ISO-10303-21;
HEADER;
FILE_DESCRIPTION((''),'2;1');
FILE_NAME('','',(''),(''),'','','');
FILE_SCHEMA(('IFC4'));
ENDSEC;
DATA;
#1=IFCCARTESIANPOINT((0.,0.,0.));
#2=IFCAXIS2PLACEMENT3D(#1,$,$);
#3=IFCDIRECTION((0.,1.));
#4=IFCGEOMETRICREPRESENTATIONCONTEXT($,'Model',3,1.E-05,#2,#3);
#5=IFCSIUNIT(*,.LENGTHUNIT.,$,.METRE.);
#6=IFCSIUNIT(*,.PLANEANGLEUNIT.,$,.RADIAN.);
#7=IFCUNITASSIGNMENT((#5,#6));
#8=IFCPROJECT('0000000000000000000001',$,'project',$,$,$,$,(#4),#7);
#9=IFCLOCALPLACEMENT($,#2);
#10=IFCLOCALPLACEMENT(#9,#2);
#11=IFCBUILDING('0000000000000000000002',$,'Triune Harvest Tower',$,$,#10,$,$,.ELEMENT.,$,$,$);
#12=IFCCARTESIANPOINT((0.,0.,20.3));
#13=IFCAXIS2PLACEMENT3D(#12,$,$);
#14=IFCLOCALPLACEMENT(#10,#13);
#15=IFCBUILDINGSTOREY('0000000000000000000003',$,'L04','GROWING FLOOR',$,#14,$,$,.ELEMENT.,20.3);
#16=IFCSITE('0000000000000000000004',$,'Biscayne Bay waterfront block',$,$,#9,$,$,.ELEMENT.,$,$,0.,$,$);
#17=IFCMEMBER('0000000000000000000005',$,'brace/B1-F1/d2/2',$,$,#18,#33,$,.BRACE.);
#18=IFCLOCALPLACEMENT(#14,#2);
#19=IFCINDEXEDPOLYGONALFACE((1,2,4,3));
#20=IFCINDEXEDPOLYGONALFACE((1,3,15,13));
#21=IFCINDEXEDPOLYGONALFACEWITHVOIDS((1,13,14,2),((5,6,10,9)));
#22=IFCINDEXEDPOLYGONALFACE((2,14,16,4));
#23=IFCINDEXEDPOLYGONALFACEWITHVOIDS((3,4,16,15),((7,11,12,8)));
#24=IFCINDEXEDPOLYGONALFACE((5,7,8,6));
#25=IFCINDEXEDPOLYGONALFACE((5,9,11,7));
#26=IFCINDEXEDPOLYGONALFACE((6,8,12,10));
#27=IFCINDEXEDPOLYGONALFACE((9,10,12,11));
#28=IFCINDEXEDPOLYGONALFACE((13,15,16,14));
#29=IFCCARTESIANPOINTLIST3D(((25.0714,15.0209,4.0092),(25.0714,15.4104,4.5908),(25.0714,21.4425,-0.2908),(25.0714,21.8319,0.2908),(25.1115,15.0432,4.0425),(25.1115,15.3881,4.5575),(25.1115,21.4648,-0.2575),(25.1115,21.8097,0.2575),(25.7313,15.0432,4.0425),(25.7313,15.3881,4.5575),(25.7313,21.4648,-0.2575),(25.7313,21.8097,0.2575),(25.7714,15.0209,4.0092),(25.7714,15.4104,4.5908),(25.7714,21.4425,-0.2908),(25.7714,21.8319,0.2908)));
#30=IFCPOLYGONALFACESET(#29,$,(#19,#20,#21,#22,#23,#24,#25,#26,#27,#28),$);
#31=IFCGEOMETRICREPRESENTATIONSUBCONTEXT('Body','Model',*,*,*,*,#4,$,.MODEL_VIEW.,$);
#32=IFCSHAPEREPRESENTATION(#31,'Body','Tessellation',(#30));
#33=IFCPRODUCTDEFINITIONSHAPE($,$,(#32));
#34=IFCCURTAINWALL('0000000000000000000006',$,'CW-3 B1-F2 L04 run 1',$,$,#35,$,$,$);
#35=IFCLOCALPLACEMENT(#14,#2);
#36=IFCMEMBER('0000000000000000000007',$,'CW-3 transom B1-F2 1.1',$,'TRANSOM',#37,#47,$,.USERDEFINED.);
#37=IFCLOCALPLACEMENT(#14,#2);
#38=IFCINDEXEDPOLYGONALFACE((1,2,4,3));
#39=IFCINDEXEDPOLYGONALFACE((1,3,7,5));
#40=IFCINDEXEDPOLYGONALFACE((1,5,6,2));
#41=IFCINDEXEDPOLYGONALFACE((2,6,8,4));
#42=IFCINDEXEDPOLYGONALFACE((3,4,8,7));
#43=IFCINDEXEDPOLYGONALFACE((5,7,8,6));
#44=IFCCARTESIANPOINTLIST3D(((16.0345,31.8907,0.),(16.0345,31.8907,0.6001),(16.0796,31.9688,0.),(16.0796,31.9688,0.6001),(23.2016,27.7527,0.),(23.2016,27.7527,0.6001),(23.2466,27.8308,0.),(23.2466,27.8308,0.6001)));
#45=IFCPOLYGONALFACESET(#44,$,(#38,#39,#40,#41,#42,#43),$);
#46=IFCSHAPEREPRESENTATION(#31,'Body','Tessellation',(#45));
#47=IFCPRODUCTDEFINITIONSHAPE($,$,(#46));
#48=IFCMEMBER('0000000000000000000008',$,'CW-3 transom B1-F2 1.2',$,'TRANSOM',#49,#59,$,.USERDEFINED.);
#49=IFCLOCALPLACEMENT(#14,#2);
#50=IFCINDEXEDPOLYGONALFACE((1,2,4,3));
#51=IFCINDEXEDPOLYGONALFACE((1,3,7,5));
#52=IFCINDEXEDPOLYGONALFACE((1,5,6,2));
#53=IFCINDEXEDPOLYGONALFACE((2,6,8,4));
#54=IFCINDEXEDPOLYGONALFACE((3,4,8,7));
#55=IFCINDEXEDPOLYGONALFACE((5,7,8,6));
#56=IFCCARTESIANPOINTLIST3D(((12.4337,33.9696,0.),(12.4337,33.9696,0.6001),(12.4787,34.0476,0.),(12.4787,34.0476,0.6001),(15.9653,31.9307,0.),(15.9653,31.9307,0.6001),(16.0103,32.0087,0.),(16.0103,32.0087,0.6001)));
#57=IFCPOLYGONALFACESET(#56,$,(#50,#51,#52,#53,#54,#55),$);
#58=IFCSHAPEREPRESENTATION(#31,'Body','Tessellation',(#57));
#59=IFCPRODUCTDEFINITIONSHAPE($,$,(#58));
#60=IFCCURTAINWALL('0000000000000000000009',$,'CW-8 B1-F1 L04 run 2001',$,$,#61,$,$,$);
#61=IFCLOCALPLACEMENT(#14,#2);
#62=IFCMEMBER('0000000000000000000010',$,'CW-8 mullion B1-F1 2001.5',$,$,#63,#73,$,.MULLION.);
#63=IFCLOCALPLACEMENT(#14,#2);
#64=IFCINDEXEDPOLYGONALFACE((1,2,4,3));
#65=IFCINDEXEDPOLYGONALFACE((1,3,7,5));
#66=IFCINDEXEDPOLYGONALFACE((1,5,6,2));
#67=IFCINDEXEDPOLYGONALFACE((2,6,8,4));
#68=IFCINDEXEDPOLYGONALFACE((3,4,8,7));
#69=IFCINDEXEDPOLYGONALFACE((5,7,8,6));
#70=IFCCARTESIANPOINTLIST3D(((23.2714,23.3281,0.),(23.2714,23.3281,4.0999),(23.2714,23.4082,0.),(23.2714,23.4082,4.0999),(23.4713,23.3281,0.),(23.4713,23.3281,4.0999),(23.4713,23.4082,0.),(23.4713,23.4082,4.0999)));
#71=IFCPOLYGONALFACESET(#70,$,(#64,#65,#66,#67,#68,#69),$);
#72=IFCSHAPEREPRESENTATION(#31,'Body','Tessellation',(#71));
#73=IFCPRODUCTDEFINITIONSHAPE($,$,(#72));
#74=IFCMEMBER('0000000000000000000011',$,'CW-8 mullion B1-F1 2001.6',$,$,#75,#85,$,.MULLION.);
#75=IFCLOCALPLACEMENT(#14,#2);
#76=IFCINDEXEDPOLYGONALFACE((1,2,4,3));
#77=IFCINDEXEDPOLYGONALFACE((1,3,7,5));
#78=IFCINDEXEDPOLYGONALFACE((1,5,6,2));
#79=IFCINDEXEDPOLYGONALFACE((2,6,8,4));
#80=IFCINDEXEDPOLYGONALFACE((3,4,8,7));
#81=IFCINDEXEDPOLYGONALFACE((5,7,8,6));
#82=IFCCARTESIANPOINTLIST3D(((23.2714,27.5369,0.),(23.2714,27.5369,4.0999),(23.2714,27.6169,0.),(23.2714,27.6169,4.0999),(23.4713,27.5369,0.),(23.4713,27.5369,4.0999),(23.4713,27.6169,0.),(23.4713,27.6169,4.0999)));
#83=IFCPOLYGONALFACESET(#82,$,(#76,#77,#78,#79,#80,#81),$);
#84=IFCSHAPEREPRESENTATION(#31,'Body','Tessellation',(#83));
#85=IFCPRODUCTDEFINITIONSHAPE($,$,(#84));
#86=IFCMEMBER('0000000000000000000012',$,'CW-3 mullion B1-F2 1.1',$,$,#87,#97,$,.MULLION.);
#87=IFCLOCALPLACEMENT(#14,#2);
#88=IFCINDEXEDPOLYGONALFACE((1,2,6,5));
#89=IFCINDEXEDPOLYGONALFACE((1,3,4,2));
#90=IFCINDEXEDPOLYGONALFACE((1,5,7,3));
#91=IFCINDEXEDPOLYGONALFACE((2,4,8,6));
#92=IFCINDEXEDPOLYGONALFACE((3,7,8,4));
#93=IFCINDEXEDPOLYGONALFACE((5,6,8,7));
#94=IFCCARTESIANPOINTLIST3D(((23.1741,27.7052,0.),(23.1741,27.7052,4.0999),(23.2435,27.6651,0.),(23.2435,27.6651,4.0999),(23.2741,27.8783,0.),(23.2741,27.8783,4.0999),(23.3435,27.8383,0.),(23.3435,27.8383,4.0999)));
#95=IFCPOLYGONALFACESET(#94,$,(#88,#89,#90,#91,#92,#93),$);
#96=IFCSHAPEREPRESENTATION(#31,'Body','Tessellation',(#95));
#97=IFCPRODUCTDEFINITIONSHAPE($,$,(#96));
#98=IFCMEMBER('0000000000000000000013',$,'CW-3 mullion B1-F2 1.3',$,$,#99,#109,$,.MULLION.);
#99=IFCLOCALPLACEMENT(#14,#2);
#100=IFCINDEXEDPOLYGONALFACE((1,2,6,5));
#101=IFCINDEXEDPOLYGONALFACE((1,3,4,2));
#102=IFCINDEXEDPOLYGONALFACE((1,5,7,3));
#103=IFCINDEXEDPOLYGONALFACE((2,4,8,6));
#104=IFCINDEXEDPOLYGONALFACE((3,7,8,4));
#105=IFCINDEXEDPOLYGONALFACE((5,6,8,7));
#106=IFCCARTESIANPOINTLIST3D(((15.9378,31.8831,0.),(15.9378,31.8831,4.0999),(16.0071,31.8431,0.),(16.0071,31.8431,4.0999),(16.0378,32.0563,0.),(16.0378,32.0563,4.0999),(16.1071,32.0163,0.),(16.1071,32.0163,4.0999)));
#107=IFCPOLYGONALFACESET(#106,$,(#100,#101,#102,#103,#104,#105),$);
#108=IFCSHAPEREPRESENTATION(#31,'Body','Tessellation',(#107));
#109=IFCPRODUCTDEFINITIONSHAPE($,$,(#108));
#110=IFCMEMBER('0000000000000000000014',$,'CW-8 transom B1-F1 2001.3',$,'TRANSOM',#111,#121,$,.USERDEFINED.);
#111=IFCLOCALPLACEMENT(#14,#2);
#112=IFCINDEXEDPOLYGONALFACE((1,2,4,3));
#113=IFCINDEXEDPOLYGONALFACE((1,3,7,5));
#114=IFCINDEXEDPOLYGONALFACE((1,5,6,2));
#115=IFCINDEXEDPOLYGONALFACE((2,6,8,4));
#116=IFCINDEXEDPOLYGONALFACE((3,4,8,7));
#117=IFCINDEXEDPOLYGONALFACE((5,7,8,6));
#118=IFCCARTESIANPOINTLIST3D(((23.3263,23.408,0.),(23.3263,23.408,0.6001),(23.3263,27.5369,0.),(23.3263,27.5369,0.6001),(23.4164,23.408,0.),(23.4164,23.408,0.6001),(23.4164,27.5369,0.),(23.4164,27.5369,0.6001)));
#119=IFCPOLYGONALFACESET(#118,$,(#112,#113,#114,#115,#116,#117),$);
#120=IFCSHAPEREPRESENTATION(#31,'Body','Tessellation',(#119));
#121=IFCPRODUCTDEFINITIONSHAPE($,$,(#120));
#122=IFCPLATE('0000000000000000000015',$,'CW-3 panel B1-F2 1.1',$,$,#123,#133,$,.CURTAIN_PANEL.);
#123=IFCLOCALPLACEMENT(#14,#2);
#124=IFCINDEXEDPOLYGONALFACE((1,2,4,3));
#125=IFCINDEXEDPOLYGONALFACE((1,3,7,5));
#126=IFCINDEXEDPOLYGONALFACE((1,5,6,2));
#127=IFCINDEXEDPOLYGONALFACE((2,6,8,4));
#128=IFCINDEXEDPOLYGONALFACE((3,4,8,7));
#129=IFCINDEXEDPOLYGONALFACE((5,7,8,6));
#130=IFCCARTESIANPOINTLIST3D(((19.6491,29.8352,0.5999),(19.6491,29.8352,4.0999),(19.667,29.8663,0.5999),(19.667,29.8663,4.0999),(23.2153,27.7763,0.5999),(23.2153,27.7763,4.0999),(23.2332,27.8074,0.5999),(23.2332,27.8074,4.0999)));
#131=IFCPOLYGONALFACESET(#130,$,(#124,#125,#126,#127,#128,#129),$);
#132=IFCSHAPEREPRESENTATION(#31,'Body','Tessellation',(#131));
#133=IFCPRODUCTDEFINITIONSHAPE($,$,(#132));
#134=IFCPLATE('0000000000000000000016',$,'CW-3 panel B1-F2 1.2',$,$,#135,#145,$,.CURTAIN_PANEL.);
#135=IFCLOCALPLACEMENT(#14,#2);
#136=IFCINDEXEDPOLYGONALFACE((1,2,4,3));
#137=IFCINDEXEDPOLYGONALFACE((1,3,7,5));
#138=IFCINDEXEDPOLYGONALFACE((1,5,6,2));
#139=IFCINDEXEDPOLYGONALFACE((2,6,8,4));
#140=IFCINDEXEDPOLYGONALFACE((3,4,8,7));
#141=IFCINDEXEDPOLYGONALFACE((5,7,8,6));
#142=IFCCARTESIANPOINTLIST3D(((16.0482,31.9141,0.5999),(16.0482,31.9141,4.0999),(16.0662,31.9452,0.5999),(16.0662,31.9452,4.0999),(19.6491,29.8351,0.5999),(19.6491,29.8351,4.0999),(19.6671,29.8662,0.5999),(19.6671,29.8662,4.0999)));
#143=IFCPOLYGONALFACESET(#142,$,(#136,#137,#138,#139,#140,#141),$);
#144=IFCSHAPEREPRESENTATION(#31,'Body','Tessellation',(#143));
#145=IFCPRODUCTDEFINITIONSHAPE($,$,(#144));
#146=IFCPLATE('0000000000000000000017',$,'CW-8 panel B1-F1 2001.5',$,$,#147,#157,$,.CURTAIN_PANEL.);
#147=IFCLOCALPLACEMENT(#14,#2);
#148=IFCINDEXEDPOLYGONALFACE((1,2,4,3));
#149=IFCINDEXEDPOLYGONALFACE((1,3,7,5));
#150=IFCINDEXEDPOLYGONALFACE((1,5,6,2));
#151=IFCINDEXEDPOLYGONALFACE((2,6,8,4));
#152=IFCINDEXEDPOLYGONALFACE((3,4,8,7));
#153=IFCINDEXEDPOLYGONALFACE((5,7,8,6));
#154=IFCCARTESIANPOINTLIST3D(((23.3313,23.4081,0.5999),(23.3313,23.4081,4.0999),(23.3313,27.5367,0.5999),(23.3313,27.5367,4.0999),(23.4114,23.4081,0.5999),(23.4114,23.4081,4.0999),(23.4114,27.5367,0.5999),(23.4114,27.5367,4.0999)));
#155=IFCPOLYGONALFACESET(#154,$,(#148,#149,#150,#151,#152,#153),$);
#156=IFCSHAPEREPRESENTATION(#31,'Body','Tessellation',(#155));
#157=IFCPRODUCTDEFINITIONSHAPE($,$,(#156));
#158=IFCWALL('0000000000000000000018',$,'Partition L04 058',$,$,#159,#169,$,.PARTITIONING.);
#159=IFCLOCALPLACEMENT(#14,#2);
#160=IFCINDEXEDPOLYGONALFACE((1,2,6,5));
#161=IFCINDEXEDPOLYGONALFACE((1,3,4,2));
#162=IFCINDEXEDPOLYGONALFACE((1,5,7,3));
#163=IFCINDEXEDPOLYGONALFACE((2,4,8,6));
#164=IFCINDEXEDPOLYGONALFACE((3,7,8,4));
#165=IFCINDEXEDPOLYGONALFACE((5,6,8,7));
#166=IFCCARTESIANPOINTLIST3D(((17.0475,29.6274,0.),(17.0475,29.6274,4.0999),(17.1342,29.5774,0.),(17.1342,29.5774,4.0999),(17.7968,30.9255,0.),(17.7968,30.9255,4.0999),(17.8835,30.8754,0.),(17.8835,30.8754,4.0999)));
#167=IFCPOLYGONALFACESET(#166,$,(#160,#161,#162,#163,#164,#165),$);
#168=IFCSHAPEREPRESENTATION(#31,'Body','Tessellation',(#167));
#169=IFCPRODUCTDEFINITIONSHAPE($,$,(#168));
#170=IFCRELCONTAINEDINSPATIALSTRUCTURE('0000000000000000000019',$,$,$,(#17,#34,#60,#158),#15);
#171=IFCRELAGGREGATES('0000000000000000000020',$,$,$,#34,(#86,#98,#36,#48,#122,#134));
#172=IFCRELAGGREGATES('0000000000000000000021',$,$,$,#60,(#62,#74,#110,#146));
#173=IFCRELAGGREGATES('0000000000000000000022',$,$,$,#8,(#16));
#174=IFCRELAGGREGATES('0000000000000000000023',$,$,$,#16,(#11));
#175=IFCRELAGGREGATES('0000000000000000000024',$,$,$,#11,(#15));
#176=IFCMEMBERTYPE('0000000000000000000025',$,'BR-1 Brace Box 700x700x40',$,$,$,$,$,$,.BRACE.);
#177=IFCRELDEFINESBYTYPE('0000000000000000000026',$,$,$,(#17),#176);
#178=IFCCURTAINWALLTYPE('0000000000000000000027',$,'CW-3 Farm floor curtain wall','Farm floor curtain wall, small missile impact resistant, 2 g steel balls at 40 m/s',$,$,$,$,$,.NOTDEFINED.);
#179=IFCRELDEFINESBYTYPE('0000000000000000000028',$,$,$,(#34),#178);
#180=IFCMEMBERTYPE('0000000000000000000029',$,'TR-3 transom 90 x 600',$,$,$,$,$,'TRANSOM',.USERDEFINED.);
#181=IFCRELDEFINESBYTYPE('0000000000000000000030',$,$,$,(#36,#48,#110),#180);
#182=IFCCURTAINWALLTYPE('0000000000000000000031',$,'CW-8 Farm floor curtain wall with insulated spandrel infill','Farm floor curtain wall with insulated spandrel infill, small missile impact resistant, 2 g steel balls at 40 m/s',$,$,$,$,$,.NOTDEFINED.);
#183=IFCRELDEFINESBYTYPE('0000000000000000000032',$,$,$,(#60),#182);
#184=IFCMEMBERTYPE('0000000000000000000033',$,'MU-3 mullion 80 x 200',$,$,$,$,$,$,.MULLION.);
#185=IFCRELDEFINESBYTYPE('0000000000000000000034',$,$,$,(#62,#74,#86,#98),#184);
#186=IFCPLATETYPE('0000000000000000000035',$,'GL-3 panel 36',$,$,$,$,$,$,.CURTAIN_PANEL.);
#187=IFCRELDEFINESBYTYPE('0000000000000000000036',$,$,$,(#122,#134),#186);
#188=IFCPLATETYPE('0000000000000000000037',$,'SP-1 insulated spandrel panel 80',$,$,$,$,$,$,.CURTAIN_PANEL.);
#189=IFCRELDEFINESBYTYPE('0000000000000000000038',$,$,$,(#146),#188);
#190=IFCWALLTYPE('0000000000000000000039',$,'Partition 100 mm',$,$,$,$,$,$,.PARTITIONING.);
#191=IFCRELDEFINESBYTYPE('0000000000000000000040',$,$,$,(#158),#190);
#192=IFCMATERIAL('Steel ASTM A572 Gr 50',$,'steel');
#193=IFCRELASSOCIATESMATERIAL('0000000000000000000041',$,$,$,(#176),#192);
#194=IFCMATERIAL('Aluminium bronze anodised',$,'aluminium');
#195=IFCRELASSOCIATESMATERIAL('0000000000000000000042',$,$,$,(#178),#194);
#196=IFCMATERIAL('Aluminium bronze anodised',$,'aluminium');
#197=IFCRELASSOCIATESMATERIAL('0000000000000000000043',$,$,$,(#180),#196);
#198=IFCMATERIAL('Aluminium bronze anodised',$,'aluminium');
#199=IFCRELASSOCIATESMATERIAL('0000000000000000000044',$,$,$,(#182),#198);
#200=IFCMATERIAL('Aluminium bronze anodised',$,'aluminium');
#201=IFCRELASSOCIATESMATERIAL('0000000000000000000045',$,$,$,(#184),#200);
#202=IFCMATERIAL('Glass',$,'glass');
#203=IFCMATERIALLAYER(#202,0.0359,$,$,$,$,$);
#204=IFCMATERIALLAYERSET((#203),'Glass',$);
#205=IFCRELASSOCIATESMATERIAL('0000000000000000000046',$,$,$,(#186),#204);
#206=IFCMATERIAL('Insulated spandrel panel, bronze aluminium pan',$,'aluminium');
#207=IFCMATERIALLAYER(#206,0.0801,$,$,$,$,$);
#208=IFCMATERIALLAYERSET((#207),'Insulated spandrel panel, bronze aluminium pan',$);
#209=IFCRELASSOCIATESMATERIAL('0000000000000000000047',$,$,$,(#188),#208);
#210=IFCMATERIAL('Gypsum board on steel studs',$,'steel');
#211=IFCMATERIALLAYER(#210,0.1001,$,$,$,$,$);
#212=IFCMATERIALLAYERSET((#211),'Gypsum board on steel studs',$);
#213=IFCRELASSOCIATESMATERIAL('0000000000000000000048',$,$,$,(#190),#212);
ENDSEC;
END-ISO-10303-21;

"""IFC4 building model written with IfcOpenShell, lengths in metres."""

from ifc_helpers import new_model, si_unit, direction, frame, frame_2d, origin, origin_2d, place, context, subcontext, project, spatial, rectangle, hollow_rectangle, extrude, source, transform, mapped, material, layer, layer_set, material_profile, profile_set, type_object, element, aggregate, save


model = new_model("IFC4")

# Units and contexts
model_context = context("Model", 3, precision=1e-05, world=origin(), true_north=direction((0.0, 1.0)))
body_context = subcontext(model_context, "Body", "Model", "MODEL_VIEW")
ifc_project = project(units=[si_unit("LENGTHUNIT", "METRE"), si_unit("PLANEANGLEUNIT", "RADIAN")], contexts=[model_context])

# Site, building, storey
site_placement = place(None, origin())
site = spatial("IfcSite", under=ifc_project, at=site_placement, Name="Biscayne Bay waterfront block", CompositionType="ELEMENT", RefElevation=0.0)
building_placement = place(site_placement, origin())
building = spatial("IfcBuilding", under=site, at=building_placement, Name="Triune Harvest Tower", CompositionType="ELEMENT")
storey_placement = place(building_placement, frame((0.0, 0.0, 20.3)))
storey = spatial("IfcBuildingStorey", under=building, at=storey_placement, Name="L04", Description="GROWING FLOOR", CompositionType="ELEMENT", Elevation=20.3)

# Member
ifc_material_1 = material(Name="Steel ASTM A572 Gr 50", Category="steel")
ifc_material_profile_1 = material_profile(ifc_material_1, hollow_rectangle(XDim=0.7, YDim=0.7, WallThickness=0.04, at=origin_2d()), Name="Box 700x700x40")
ifc_profile_set_1 = profile_set([ifc_material_profile_1], Name="Steel ASTM A572 Gr 50")
member_type_1 = type_object("IfcMemberType", Name="BR-1 Brace Box 700x700x40", PredefinedType="BRACE", material=ifc_profile_set_1)
shared_shape_1 = source(origin(), body_context, "Body", "SweptSolid", [
    extrude(hollow_rectangle(XDim=0.7, YDim=0.7, WallThickness=0.04, at=origin_2d()), origin(), (0.0, 0.0, 1.0), 7.7283),
])
member_1_placement = place(storey_placement, frame((25.4214, 21.6372, 0.0), z_axis=(0.0, -0.830916, 0.556398), x_axis=(1.0, 0.0, 0.0)))
element("IfcMember", 1, at=member_1_placement, inside=storey, type_object=member_type_1, Name="brace/B1-F1/d2/2", PredefinedType="BRACE", context=body_context, shape_type="MappedRepresentation", body=[
    mapped(shared_shape_1, transform((0.0, 0.0, 0.0), scale=1.0)),
])

# Curtain walls, members
ifc_material_2 = material(Name="Aluminium bronze anodised", Category="aluminium")
curtain_wall_type_1 = type_object("IfcCurtainWallType", Name="CW-3 Farm floor curtain wall", Description="Farm floor curtain wall, small missile impact resistant, 2 g steel balls at 40 m/s", PredefinedType="NOTDEFINED", material=ifc_material_2)
curtain_wall_1_placement = place(storey_placement, origin())
curtain_wall_1 = element("IfcCurtainWall", 2, at=curtain_wall_1_placement, inside=storey, type_object=curtain_wall_type_1, Name="CW-3 B1-F2 L04 run 1")
ifc_material_3 = material(Name="Aluminium bronze anodised", Category="aluminium")
ifc_material_profile_2 = material_profile(ifc_material_3, rectangle(XDim=0.0901, YDim=0.6001, at=origin_2d()), Name="TR-3 transom 90 x 600")
ifc_profile_set_2 = profile_set([ifc_material_profile_2], Name="Aluminium bronze anodised")
member_type_2 = type_object("IfcMemberType", Name="TR-3 transom 90 x 600", ElementType="TRANSOM", PredefinedType="USERDEFINED", material=ifc_profile_set_2)
shared_shape_2 = source(origin(), body_context, "Body", "SweptSolid", [
    extrude(rectangle(XDim=0.0901, YDim=0.6001, at=origin_2d()), origin(), (0.0, 0.0, 1.0), 8.2759),
])
member_2_placement = place(storey_placement, frame((23.2241, 27.7917, 0.3), z_axis=(-0.866022, 0.500007, 0.0), x_axis=(-0.500007, -0.866022, 0.0)))
member_2 = element("IfcMember", 3, at=member_2_placement, type_object=member_type_2, Name="CW-3 transom B1-F2 1.1", ObjectType="TRANSOM", PredefinedType="USERDEFINED", context=body_context, shape_type="MappedRepresentation", body=[
    mapped(shared_shape_2, transform((0.0, 0.0, 0.0), scale=1.0)),
])
shared_shape_3 = source(origin(), body_context, "Body", "SweptSolid", [
    extrude(rectangle(XDim=0.0901, YDim=0.6001, at=origin_2d()), origin(), (0.0, 0.0, 1.0), 4.0779),
])
member_3_placement = place(storey_placement, frame((15.9878, 31.9697, 0.3), z_axis=(-0.866035, 0.499983, 0.0), x_axis=(-0.499983, -0.866035, 0.0)))
member_3 = element("IfcMember", 4, at=member_3_placement, type_object=member_type_2, Name="CW-3 transom B1-F2 1.2", ObjectType="TRANSOM", PredefinedType="USERDEFINED", context=body_context, shape_type="MappedRepresentation", body=[
    mapped(shared_shape_3, transform((0.0, 0.0, 0.0), scale=1.0)),
])
ifc_material_4 = material(Name="Aluminium bronze anodised", Category="aluminium")
curtain_wall_type_2 = type_object("IfcCurtainWallType", Name="CW-8 Farm floor curtain wall with insulated spandrel infill", Description="Farm floor curtain wall with insulated spandrel infill, small missile impact resistant, 2 g steel balls at 40 m/s", PredefinedType="NOTDEFINED", material=ifc_material_4)
curtain_wall_2_placement = place(storey_placement, origin())
curtain_wall_2 = element("IfcCurtainWall", 5, at=curtain_wall_2_placement, inside=storey, type_object=curtain_wall_type_2, Name="CW-8 B1-F1 L04 run 2001")
ifc_material_5 = material(Name="Aluminium bronze anodised", Category="aluminium")
ifc_material_profile_3 = material_profile(ifc_material_5, rectangle(XDim=0.2, YDim=0.0801, at=origin_2d()), Name="MU-3 mullion 80 x 200")
ifc_profile_set_3 = profile_set([ifc_material_profile_3], Name="Aluminium bronze anodised")
member_type_3 = type_object("IfcMemberType", Name="MU-3 mullion 80 x 200", PredefinedType="MULLION", material=ifc_profile_set_3)
shared_shape_4 = source(origin(), body_context, "Body", "SweptSolid", [
    extrude(rectangle(XDim=0.2, YDim=0.0801, at=origin_2d()), origin(), (0.0, 0.0, 1.0), 4.0999),
])
member_4_placement = place(storey_placement, frame((23.3713, 23.3682, 0.0), z_axis=(0.0, 0.0, 1.0), x_axis=(-1.0, 0.0, 0.0)))
member_4 = element("IfcMember", 6, at=member_4_placement, type_object=member_type_3, Name="CW-8 mullion B1-F1 2001.5", PredefinedType="MULLION", context=body_context, shape_type="MappedRepresentation", body=[
    mapped(shared_shape_4, transform((0.0, 0.0, 0.0), scale=1.0)),
])
member_5_placement = place(storey_placement, frame((23.3713, 27.5769, 0.0), z_axis=(0.0, 0.0, 1.0), x_axis=(-1.0, 0.0, 0.0)))
member_5 = element("IfcMember", 7, at=member_5_placement, type_object=member_type_3, Name="CW-8 mullion B1-F1 2001.6", PredefinedType="MULLION", context=body_context, shape_type="MappedRepresentation", body=[
    mapped(shared_shape_4, transform((0.0, 0.0, 0.0), scale=1.0)),
])

# Members
member_6_placement = place(storey_placement, frame((23.2588, 27.7717, 0.0), z_axis=(0.0, 0.0, 1.0), x_axis=(-0.499999, -0.866026, 0.0)))
member_6 = element("IfcMember", 8, at=member_6_placement, type_object=member_type_3, Name="CW-3 mullion B1-F2 1.1", PredefinedType="MULLION", context=body_context, shape_type="MappedRepresentation", body=[
    mapped(shared_shape_4, transform((0.0, 0.0, 0.0), scale=1.0)),
])
member_7_placement = place(storey_placement, frame((16.0225, 31.9497, 0.0), z_axis=(0.0, 0.0, 1.0), x_axis=(-0.499999, -0.866026, 0.0)))
member_7 = element("IfcMember", 9, at=member_7_placement, type_object=member_type_3, Name="CW-3 mullion B1-F2 1.3", PredefinedType="MULLION", context=body_context, shape_type="MappedRepresentation", body=[
    mapped(shared_shape_4, transform((0.0, 0.0, 0.0), scale=1.0)),
])
shared_shape_5 = source(origin(), body_context, "Body", "SweptSolid", [
    extrude(rectangle(XDim=0.0901, YDim=0.6001, at=origin_2d()), origin(), (0.0, 0.0, 1.0), 4.1289),
])
member_8_placement = place(storey_placement, frame((23.3713, 23.408, 0.3), z_axis=(0.0, 1.0, 0.0), x_axis=(-1.0, 0.0, 0.0)))
member_8 = element("IfcMember", 10, at=member_8_placement, type_object=member_type_2, Name="CW-8 transom B1-F1 2001.3", ObjectType="TRANSOM", PredefinedType="USERDEFINED", context=body_context, shape_type="MappedRepresentation", body=[
    mapped(shared_shape_5, transform((0.0, 0.0, 0.0), scale=1.0)),
])

# Plates
ifc_material_6 = material(Name="Glass", Category="glass")
ifc_layer_1 = layer(ifc_material_6, 0.0359)
ifc_layer_set_1 = layer_set([ifc_layer_1], Name="Glass")
plate_type_1 = type_object("IfcPlateType", Name="GL-3 panel 36", PredefinedType="CURTAIN_PANEL", material=ifc_layer_set_1)
shared_shape_6 = source(origin(), body_context, "Body", "SweptSolid", [
    extrude(rectangle(XDim=4.1179, YDim=0.0359, at=origin_2d()), origin(), (0.0, 0.0, 1.0), 3.5),
])
plate_1_placement = place(storey_placement, frame((21.4412, 28.8213, 0.5999), z_axis=(0.0, 0.0, 1.0), x_axis=(-0.866026, 0.499999, 0.0)))
plate_1 = element("IfcPlate", 11, at=plate_1_placement, type_object=plate_type_1, Name="CW-3 panel B1-F2 1.1", PredefinedType="CURTAIN_PANEL", context=body_context, shape_type="MappedRepresentation", body=[
    mapped(shared_shape_6, transform((0.0, 0.0, 0.0), scale=1.0)),
])
shared_shape_7 = source(origin(), body_context, "Body", "SweptSolid", [
    extrude(rectangle(XDim=4.158, YDim=0.0359, at=origin_2d()), origin(), (0.0, 0.0, 1.0), 3.5),
])
plate_2_placement = place(storey_placement, frame((17.8577, 30.8901, 0.5999), z_axis=(0.0, 0.0, 1.0), x_axis=(-0.866026, 0.499999, 0.0)))
plate_2 = element("IfcPlate", 12, at=plate_2_placement, type_object=plate_type_1, Name="CW-3 panel B1-F2 1.2", PredefinedType="CURTAIN_PANEL", context=body_context, shape_type="MappedRepresentation", body=[
    mapped(shared_shape_7, transform((0.0, 0.0, 0.0), scale=1.0)),
])
aggregate(curtain_wall_1, [member_6, member_7, member_2, member_3, plate_1, plate_2])
ifc_material_7 = material(Name="Insulated spandrel panel, bronze aluminium pan", Category="aluminium")
ifc_layer_2 = layer(ifc_material_7, 0.0801)
ifc_layer_set_2 = layer_set([ifc_layer_2], Name="Insulated spandrel panel, bronze aluminium pan")
plate_type_2 = type_object("IfcPlateType", Name="SP-1 insulated spandrel panel 80", PredefinedType="CURTAIN_PANEL", material=ifc_layer_set_2)
shared_shape_8 = source(origin(), body_context, "Body", "SweptSolid", [
    extrude(rectangle(XDim=4.1287, YDim=0.0801, at=origin_2d()), origin(), (0.0, 0.0, 1.0), 3.5),
])
plate_3_placement = place(storey_placement, frame((23.3713, 25.4724, 0.5999), z_axis=(0.0, 0.0, 1.0), x_axis=(0.0, 1.0, 0.0)))
plate_3 = element("IfcPlate", 13, at=plate_3_placement, type_object=plate_type_2, Name="CW-8 panel B1-F1 2001.5", PredefinedType="CURTAIN_PANEL", context=body_context, shape_type="MappedRepresentation", body=[
    mapped(shared_shape_8, transform((0.0, 0.0, 0.0), scale=1.0)),
])
aggregate(curtain_wall_2, [member_4, member_5, member_8, plate_3])

# Wall
ifc_material_8 = material(Name="Gypsum board on steel studs", Category="steel")
ifc_layer_3 = layer(ifc_material_8, 0.1001)
ifc_layer_set_3 = layer_set([ifc_layer_3], Name="Gypsum board on steel studs")
wall_type_1 = type_object("IfcWallType", Name="Partition 100 mm", PredefinedType="PARTITIONING", material=ifc_layer_set_3)
shared_shape_9 = source(origin(), body_context, "Body", "SweptSolid", [
    extrude(rectangle(XDim=1.4988, YDim=0.1001, at=frame_2d((0.7495, 0.0))), origin(), (0.0, 0.0, 1.0), 4.0999),
])
wall_1_placement = place(storey_placement, frame((17.0908, 29.6023, 0.0), z_axis=(0.0, 0.0, 1.0), x_axis=(0.499906, 0.86608, 0.0)))
element("IfcWall", 14, at=wall_1_placement, inside=storey, type_object=wall_type_1, Name="Partition L04 058", PredefinedType="PARTITIONING", context=body_context, shape_type="MappedRepresentation", body=[
    mapped(shared_shape_9, transform((0.0, 0.0, 0.0), scale=1.0)),
])

save(model, "model.ifc")
